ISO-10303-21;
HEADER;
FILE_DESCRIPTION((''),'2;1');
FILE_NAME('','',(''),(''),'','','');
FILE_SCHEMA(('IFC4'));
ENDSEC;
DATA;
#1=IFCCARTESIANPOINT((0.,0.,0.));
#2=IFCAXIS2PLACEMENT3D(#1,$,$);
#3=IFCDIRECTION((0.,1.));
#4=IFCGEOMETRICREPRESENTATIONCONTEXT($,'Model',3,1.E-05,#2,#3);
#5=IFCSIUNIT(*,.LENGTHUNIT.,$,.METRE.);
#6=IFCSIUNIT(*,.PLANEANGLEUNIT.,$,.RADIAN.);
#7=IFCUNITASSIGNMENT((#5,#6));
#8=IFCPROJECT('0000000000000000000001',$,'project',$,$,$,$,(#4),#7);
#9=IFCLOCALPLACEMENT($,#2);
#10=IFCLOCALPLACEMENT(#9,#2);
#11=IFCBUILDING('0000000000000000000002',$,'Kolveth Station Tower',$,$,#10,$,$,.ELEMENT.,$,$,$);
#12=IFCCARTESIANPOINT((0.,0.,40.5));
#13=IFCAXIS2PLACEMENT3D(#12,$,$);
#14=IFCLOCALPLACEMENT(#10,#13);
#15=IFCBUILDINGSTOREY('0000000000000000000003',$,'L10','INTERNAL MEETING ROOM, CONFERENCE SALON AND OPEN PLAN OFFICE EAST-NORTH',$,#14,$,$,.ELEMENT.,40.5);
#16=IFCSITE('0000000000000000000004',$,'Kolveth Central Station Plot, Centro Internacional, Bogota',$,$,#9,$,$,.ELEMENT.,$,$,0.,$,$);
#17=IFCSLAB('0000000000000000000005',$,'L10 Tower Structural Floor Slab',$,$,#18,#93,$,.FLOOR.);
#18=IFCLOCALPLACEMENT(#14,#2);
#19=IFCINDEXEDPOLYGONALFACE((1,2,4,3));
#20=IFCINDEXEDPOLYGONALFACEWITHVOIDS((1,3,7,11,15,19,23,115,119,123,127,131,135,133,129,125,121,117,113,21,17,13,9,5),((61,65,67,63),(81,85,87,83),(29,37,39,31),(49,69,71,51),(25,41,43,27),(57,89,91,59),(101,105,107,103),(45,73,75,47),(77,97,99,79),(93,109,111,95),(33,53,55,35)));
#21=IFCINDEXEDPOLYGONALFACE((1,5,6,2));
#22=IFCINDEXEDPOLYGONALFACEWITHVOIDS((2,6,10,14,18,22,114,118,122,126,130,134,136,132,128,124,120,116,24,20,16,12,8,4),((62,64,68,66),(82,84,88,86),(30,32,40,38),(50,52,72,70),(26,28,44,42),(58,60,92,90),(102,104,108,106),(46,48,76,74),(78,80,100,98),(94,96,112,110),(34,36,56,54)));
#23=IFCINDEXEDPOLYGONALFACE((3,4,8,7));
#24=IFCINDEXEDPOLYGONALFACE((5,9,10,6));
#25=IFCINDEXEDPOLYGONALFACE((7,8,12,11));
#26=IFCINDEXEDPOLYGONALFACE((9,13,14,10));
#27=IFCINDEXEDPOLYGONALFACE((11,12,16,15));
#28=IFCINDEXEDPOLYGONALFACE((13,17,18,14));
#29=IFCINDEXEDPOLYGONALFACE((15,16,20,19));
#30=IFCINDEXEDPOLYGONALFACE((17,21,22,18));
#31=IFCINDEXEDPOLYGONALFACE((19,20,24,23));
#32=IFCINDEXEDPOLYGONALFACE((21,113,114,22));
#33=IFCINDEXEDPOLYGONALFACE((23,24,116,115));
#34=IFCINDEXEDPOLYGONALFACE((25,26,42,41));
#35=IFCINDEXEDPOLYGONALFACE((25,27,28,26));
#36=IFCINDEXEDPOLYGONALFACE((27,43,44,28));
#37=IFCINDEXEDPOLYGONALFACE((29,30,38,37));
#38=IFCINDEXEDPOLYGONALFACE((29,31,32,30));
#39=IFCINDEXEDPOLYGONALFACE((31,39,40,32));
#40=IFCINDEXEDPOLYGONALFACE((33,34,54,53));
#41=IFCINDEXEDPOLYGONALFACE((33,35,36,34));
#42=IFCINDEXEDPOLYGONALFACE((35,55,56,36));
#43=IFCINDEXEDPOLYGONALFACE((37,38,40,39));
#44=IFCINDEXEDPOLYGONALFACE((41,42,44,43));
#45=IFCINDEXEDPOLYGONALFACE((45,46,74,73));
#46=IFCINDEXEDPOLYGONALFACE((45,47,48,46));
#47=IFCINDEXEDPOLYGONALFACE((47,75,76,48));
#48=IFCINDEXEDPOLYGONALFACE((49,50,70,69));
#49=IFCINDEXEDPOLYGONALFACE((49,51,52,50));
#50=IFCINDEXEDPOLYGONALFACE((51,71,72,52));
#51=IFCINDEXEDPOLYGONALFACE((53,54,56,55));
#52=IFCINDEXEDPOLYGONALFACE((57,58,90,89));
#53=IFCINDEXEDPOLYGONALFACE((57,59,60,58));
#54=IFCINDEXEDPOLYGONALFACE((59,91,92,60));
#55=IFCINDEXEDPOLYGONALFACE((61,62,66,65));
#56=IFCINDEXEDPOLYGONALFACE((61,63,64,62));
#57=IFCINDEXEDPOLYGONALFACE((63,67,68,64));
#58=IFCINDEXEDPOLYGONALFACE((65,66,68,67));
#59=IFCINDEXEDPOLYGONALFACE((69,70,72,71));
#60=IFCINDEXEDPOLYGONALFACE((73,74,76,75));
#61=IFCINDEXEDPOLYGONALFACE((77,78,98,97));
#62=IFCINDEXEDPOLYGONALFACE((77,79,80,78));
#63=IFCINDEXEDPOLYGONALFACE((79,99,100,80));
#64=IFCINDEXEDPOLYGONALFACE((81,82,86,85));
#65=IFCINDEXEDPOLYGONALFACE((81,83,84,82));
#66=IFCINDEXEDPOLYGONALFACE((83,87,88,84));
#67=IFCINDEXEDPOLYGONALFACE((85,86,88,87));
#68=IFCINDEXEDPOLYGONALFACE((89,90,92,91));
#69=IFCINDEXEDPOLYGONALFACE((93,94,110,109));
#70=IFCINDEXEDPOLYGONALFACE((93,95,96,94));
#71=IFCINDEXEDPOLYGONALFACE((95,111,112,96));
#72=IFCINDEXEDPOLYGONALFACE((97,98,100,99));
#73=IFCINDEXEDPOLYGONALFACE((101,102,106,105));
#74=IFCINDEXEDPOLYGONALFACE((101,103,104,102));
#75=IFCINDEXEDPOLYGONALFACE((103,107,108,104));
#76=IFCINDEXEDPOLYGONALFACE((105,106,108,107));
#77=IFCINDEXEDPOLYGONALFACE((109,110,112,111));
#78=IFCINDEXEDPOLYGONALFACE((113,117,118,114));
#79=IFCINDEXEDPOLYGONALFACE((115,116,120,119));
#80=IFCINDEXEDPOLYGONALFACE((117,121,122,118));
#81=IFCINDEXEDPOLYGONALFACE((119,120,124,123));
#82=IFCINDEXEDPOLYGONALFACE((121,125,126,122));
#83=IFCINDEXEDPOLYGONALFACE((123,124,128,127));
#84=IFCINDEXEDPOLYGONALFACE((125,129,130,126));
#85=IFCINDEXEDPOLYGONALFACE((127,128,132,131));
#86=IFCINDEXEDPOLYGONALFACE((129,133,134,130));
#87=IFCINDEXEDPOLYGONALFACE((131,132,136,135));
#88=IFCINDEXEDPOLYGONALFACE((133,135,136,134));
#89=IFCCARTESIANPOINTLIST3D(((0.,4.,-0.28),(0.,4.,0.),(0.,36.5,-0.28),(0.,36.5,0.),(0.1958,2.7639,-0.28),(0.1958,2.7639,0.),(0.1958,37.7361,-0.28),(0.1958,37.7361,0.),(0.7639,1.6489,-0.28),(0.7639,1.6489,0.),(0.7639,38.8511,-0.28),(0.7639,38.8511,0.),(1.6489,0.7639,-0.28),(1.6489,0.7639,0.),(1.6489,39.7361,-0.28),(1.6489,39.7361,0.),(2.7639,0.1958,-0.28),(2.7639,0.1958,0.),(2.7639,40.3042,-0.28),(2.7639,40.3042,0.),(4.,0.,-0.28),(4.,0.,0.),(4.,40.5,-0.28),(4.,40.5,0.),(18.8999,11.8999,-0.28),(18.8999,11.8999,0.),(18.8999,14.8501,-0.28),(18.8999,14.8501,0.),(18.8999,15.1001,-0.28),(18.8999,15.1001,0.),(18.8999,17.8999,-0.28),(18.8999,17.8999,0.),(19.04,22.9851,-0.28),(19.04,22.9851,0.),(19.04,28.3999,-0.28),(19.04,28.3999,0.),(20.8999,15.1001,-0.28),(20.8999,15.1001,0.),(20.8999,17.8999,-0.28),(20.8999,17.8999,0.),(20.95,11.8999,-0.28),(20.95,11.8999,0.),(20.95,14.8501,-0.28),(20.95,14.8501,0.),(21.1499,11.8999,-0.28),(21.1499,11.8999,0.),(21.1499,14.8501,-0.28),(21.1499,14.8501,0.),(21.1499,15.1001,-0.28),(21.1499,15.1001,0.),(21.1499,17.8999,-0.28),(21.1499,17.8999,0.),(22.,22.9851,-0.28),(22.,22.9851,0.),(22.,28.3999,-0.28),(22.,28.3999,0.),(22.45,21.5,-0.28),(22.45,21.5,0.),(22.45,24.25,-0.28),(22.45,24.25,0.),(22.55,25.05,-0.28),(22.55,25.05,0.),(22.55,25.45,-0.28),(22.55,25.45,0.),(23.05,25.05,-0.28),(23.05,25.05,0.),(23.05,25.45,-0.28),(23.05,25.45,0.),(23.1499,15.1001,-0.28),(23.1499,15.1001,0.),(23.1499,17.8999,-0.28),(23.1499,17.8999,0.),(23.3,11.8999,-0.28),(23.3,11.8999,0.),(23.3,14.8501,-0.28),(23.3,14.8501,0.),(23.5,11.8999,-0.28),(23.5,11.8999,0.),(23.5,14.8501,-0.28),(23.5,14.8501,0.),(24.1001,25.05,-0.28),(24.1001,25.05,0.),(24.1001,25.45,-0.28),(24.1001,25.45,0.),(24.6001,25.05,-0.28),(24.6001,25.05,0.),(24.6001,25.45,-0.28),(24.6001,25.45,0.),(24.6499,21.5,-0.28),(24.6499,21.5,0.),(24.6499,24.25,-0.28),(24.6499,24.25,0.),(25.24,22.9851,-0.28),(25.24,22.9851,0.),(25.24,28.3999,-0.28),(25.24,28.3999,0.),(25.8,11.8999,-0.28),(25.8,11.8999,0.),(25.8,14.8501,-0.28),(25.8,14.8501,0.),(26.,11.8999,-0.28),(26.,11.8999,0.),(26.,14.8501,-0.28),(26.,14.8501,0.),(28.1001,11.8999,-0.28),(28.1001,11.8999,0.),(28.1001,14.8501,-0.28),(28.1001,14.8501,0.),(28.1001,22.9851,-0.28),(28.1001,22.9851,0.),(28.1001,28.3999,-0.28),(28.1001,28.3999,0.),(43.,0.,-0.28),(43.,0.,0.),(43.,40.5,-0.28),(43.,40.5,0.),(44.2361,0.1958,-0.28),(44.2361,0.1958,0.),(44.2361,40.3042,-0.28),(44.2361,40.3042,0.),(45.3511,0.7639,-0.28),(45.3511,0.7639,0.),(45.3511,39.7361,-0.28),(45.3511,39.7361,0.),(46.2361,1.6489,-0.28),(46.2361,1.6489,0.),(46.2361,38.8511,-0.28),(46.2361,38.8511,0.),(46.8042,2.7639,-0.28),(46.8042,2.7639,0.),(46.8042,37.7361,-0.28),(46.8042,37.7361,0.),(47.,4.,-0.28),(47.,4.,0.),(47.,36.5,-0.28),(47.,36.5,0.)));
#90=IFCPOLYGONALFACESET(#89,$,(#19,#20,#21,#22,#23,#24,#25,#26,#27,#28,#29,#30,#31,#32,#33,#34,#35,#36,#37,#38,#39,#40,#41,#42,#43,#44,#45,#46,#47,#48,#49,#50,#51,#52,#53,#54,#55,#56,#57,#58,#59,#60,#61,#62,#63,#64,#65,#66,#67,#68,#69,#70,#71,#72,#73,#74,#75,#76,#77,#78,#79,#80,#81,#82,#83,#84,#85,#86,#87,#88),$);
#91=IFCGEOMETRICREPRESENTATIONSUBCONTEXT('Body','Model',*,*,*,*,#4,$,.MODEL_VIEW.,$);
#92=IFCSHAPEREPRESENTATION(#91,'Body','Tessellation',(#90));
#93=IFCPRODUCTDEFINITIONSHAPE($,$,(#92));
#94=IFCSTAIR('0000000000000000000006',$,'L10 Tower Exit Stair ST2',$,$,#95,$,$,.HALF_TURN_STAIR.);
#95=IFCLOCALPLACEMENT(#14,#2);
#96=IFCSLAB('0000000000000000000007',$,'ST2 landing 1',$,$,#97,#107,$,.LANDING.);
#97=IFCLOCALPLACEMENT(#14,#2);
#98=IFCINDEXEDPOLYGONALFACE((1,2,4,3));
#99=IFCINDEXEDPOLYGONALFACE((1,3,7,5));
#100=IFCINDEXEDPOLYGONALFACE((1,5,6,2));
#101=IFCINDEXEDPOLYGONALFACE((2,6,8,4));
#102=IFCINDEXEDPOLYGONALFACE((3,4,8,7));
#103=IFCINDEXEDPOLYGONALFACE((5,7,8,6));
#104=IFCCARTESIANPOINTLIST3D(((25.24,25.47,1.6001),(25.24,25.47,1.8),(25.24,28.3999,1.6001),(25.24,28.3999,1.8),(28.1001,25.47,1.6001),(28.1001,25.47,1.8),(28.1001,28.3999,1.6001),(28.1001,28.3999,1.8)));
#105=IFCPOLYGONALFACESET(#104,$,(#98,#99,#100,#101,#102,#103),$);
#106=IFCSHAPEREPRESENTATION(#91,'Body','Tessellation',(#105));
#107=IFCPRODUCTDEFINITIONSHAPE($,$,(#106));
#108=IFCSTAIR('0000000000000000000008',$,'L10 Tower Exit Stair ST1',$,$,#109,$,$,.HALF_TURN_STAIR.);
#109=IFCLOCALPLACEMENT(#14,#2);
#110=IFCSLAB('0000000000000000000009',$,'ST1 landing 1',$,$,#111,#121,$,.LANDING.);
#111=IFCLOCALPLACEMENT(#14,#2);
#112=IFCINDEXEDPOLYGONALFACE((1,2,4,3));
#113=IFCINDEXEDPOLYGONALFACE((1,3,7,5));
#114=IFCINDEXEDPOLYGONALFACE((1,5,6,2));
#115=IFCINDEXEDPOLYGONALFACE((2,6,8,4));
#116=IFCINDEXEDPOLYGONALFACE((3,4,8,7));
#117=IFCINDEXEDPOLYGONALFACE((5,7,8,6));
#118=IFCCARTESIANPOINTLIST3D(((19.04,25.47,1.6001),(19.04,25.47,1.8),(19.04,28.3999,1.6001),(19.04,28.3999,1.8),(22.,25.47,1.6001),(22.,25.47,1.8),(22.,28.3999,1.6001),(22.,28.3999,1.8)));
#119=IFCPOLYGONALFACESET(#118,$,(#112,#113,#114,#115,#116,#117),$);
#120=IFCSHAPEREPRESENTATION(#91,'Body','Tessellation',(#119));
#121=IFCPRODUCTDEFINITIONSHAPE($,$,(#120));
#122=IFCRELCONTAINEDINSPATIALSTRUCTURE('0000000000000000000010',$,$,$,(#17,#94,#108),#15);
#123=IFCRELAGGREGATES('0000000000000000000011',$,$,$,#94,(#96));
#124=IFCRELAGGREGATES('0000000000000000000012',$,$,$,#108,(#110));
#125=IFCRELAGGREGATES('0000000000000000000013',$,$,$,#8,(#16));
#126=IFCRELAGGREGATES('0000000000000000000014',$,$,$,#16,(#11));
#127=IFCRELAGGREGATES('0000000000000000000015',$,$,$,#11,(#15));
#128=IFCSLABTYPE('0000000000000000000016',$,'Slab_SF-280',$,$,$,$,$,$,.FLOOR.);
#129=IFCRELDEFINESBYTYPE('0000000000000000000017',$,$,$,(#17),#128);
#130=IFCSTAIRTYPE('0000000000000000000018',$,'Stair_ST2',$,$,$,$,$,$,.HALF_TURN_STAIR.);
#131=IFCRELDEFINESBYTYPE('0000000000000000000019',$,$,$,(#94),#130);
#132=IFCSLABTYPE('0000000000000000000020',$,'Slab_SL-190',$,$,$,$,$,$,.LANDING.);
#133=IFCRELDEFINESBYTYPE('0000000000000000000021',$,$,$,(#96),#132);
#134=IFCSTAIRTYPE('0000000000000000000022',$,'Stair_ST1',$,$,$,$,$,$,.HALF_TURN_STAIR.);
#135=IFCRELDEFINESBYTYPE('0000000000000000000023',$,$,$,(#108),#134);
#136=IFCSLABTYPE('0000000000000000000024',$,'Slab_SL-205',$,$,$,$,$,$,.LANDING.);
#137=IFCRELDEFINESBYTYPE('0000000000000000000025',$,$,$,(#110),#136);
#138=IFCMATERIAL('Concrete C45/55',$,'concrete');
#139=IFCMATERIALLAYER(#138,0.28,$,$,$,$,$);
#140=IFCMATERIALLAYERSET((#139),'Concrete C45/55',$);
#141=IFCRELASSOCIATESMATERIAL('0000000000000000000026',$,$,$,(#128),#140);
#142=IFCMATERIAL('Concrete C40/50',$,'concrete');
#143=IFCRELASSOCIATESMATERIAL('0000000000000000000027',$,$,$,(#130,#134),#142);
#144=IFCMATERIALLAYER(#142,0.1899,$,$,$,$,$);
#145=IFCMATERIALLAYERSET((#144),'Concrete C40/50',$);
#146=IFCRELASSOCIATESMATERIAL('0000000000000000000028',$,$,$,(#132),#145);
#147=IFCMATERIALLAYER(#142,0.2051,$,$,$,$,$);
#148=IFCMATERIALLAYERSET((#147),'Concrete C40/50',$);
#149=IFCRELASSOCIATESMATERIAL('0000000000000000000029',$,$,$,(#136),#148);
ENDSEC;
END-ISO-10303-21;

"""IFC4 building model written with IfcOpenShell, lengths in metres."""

from ifc_helpers import new_model, si_unit, direction, frame, origin, place, context, subcontext, project, spatial, polyline, outline, extrude, material, layer, layer_set, type_object, element, aggregate, save


model = new_model("IFC4")

# Units and contexts
model_context = context("Model", 3, precision=1e-05, world=origin(), true_north=direction((0.0, 1.0)))
body_context = subcontext(model_context, "Body", "Model", "MODEL_VIEW")
ifc_project = project(units=[si_unit("LENGTHUNIT", "METRE"), si_unit("PLANEANGLEUNIT", "RADIAN")], contexts=[model_context])

# Site, building, storey
site_placement = place(None, origin())
site = spatial("IfcSite", under=ifc_project, at=site_placement, Name="Kolveth Central Station Plot, Centro Internacional, Bogota", CompositionType="ELEMENT", RefElevation=0.0)
building_placement = place(site_placement, origin())
building = spatial("IfcBuilding", under=site, at=building_placement, Name="Kolveth Station Tower", CompositionType="ELEMENT")
storey_placement = place(building_placement, frame((0.0, 0.0, 40.5)))
storey = spatial("IfcBuildingStorey", under=building, at=storey_placement, Name="L10", Description="INTERNAL MEETING ROOM, CONFERENCE SALON AND OPEN PLAN OFFICE EAST-NORTH", CompositionType="ELEMENT", Elevation=40.5)

# Slab
ifc_material_1 = material(Name="Concrete C45/55", Category="concrete")
ifc_layer_1 = layer(ifc_material_1, 0.28)
ifc_layer_set_1 = layer_set([ifc_layer_1], Name="Concrete C45/55")
slab_type_1 = type_object("IfcSlabType", Name="Slab_SF-280", PredefinedType="FLOOR", material=ifc_layer_set_1)
slab_1_placement = place(storey_placement, frame((0.0, 0.0, -0.28)))
element("IfcSlab", 1, at=slab_1_placement, inside=storey, type_object=slab_type_1, Name="L10 Tower Structural Floor Slab", PredefinedType="FLOOR", context=body_context, shape_type="SweptSolid", body=[
    extrude(outline(polyline([(43.0, 0.0), (44.2361, 0.1958), (45.3511, 0.7639), (46.2361, 1.6489), (46.8042, 2.7639), (47.0, 4.0), (47.0, 36.5), (46.8042, 37.7361), (46.2361, 38.8511), (45.3511, 39.7361), (44.2361, 40.3042), (43.0, 40.5), (4.0, 40.5), (2.7639, 40.3042), (1.6489, 39.7361), (0.7639, 38.8511), (0.1958, 37.7361), (0.0, 36.5), (0.0, 4.0), (0.1958, 2.7639), (0.7639, 1.6489), (1.6489, 0.7639), (2.7639, 0.1958), (4.0, 0.0), (43.0, 0.0)]), holes=[polyline([(19.04, 22.9851), (22.0, 22.9851), (22.0, 28.3999), (19.04, 28.3999), (19.04, 22.9851)]), polyline([(25.24, 22.9851), (28.1001, 22.9851), (28.1001, 28.3999), (25.24, 28.3999), (25.24, 22.9851)]), polyline([(18.8999, 15.1001), (20.8999, 15.1001), (20.8999, 17.8999), (18.8999, 17.8999), (18.8999, 15.1001)]), polyline([(21.1499, 15.1001), (23.1499, 15.1001), (23.1499, 17.8999), (21.1499, 17.8999), (21.1499, 15.1001)]), polyline([(22.45, 21.5), (24.6499, 21.5), (24.6499, 24.25), (22.45, 24.25), (22.45, 21.5)]), polyline([(18.8999, 11.8999), (20.95, 11.8999), (20.95, 14.8501), (18.8999, 14.8501), (18.8999, 11.8999)]), polyline([(21.1499, 11.8999), (23.3, 11.8999), (23.3, 14.8501), (21.1499, 14.8501), (21.1499, 11.8999)]), polyline([(23.5, 11.8999), (25.8, 11.8999), (25.8, 14.8501), (23.5, 14.8501), (23.5, 11.8999)]), polyline([(26.0, 11.8999), (28.1001, 11.8999), (28.1001, 14.8501), (26.0, 14.8501), (26.0, 11.8999)]), polyline([(22.55, 25.05), (23.05, 25.05), (23.05, 25.45), (22.55, 25.45), (22.55, 25.05)]), polyline([(24.1001, 25.05), (24.6001, 25.05), (24.6001, 25.45), (24.1001, 25.45), (24.1001, 25.05)])]), origin(), (0.0, 0.0, 1.0), 0.28),
])

# Stairs, slabs
ifc_material_2 = material(Name="Concrete C40/50", Category="concrete")
stair_type_1 = type_object("IfcStairType", Name="Stair_ST2", PredefinedType="HALF_TURN_STAIR", material=ifc_material_2)
stair_1_placement = place(storey_placement, origin())
stair_1 = element("IfcStair", 2, at=stair_1_placement, inside=storey, type_object=stair_type_1, Name="L10 Tower Exit Stair ST2", PredefinedType="HALF_TURN_STAIR")
ifc_layer_2 = layer(ifc_material_2, 0.1899)
ifc_layer_set_2 = layer_set([ifc_layer_2], Name="Concrete C40/50")
slab_type_2 = type_object("IfcSlabType", Name="Slab_SL-190", PredefinedType="LANDING", material=ifc_layer_set_2)
slab_2_placement = place(storey_placement, frame((0.0, 0.0, 1.6001)))
slab_2 = element("IfcSlab", 3, at=slab_2_placement, type_object=slab_type_2, Name="ST2 landing 1", PredefinedType="LANDING", context=body_context, shape_type="SweptSolid", body=[
    extrude(outline(polyline([(28.1001, 25.47), (28.1001, 28.3999), (25.24, 28.3999), (25.24, 25.47), (28.1001, 25.47)])), origin(), (0.0, 0.0, 1.0), 0.2),
])
aggregate(stair_1, [slab_2])
stair_type_2 = type_object("IfcStairType", Name="Stair_ST1", PredefinedType="HALF_TURN_STAIR", material=ifc_material_2)
stair_2_placement = place(storey_placement, origin())
stair_2 = element("IfcStair", 4, at=stair_2_placement, inside=storey, type_object=stair_type_2, Name="L10 Tower Exit Stair ST1", PredefinedType="HALF_TURN_STAIR")
ifc_layer_3 = layer(ifc_material_2, 0.2051)
ifc_layer_set_3 = layer_set([ifc_layer_3], Name="Concrete C40/50")
slab_type_3 = type_object("IfcSlabType", Name="Slab_SL-205", PredefinedType="LANDING", material=ifc_layer_set_3)
slab_3_placement = place(storey_placement, frame((0.0, 0.0, 1.6001)))
slab_3 = element("IfcSlab", 5, at=slab_3_placement, type_object=slab_type_3, Name="ST1 landing 1", PredefinedType="LANDING", context=body_context, shape_type="SweptSolid", body=[
    extrude(outline(polyline([(22.0, 25.47), (22.0, 28.3999), (19.04, 28.3999), (19.04, 25.47), (22.0, 25.47)])), origin(), (0.0, 0.0, 1.0), 0.2),
])
aggregate(stair_2, [slab_3])

save(model, "model.ifc")
